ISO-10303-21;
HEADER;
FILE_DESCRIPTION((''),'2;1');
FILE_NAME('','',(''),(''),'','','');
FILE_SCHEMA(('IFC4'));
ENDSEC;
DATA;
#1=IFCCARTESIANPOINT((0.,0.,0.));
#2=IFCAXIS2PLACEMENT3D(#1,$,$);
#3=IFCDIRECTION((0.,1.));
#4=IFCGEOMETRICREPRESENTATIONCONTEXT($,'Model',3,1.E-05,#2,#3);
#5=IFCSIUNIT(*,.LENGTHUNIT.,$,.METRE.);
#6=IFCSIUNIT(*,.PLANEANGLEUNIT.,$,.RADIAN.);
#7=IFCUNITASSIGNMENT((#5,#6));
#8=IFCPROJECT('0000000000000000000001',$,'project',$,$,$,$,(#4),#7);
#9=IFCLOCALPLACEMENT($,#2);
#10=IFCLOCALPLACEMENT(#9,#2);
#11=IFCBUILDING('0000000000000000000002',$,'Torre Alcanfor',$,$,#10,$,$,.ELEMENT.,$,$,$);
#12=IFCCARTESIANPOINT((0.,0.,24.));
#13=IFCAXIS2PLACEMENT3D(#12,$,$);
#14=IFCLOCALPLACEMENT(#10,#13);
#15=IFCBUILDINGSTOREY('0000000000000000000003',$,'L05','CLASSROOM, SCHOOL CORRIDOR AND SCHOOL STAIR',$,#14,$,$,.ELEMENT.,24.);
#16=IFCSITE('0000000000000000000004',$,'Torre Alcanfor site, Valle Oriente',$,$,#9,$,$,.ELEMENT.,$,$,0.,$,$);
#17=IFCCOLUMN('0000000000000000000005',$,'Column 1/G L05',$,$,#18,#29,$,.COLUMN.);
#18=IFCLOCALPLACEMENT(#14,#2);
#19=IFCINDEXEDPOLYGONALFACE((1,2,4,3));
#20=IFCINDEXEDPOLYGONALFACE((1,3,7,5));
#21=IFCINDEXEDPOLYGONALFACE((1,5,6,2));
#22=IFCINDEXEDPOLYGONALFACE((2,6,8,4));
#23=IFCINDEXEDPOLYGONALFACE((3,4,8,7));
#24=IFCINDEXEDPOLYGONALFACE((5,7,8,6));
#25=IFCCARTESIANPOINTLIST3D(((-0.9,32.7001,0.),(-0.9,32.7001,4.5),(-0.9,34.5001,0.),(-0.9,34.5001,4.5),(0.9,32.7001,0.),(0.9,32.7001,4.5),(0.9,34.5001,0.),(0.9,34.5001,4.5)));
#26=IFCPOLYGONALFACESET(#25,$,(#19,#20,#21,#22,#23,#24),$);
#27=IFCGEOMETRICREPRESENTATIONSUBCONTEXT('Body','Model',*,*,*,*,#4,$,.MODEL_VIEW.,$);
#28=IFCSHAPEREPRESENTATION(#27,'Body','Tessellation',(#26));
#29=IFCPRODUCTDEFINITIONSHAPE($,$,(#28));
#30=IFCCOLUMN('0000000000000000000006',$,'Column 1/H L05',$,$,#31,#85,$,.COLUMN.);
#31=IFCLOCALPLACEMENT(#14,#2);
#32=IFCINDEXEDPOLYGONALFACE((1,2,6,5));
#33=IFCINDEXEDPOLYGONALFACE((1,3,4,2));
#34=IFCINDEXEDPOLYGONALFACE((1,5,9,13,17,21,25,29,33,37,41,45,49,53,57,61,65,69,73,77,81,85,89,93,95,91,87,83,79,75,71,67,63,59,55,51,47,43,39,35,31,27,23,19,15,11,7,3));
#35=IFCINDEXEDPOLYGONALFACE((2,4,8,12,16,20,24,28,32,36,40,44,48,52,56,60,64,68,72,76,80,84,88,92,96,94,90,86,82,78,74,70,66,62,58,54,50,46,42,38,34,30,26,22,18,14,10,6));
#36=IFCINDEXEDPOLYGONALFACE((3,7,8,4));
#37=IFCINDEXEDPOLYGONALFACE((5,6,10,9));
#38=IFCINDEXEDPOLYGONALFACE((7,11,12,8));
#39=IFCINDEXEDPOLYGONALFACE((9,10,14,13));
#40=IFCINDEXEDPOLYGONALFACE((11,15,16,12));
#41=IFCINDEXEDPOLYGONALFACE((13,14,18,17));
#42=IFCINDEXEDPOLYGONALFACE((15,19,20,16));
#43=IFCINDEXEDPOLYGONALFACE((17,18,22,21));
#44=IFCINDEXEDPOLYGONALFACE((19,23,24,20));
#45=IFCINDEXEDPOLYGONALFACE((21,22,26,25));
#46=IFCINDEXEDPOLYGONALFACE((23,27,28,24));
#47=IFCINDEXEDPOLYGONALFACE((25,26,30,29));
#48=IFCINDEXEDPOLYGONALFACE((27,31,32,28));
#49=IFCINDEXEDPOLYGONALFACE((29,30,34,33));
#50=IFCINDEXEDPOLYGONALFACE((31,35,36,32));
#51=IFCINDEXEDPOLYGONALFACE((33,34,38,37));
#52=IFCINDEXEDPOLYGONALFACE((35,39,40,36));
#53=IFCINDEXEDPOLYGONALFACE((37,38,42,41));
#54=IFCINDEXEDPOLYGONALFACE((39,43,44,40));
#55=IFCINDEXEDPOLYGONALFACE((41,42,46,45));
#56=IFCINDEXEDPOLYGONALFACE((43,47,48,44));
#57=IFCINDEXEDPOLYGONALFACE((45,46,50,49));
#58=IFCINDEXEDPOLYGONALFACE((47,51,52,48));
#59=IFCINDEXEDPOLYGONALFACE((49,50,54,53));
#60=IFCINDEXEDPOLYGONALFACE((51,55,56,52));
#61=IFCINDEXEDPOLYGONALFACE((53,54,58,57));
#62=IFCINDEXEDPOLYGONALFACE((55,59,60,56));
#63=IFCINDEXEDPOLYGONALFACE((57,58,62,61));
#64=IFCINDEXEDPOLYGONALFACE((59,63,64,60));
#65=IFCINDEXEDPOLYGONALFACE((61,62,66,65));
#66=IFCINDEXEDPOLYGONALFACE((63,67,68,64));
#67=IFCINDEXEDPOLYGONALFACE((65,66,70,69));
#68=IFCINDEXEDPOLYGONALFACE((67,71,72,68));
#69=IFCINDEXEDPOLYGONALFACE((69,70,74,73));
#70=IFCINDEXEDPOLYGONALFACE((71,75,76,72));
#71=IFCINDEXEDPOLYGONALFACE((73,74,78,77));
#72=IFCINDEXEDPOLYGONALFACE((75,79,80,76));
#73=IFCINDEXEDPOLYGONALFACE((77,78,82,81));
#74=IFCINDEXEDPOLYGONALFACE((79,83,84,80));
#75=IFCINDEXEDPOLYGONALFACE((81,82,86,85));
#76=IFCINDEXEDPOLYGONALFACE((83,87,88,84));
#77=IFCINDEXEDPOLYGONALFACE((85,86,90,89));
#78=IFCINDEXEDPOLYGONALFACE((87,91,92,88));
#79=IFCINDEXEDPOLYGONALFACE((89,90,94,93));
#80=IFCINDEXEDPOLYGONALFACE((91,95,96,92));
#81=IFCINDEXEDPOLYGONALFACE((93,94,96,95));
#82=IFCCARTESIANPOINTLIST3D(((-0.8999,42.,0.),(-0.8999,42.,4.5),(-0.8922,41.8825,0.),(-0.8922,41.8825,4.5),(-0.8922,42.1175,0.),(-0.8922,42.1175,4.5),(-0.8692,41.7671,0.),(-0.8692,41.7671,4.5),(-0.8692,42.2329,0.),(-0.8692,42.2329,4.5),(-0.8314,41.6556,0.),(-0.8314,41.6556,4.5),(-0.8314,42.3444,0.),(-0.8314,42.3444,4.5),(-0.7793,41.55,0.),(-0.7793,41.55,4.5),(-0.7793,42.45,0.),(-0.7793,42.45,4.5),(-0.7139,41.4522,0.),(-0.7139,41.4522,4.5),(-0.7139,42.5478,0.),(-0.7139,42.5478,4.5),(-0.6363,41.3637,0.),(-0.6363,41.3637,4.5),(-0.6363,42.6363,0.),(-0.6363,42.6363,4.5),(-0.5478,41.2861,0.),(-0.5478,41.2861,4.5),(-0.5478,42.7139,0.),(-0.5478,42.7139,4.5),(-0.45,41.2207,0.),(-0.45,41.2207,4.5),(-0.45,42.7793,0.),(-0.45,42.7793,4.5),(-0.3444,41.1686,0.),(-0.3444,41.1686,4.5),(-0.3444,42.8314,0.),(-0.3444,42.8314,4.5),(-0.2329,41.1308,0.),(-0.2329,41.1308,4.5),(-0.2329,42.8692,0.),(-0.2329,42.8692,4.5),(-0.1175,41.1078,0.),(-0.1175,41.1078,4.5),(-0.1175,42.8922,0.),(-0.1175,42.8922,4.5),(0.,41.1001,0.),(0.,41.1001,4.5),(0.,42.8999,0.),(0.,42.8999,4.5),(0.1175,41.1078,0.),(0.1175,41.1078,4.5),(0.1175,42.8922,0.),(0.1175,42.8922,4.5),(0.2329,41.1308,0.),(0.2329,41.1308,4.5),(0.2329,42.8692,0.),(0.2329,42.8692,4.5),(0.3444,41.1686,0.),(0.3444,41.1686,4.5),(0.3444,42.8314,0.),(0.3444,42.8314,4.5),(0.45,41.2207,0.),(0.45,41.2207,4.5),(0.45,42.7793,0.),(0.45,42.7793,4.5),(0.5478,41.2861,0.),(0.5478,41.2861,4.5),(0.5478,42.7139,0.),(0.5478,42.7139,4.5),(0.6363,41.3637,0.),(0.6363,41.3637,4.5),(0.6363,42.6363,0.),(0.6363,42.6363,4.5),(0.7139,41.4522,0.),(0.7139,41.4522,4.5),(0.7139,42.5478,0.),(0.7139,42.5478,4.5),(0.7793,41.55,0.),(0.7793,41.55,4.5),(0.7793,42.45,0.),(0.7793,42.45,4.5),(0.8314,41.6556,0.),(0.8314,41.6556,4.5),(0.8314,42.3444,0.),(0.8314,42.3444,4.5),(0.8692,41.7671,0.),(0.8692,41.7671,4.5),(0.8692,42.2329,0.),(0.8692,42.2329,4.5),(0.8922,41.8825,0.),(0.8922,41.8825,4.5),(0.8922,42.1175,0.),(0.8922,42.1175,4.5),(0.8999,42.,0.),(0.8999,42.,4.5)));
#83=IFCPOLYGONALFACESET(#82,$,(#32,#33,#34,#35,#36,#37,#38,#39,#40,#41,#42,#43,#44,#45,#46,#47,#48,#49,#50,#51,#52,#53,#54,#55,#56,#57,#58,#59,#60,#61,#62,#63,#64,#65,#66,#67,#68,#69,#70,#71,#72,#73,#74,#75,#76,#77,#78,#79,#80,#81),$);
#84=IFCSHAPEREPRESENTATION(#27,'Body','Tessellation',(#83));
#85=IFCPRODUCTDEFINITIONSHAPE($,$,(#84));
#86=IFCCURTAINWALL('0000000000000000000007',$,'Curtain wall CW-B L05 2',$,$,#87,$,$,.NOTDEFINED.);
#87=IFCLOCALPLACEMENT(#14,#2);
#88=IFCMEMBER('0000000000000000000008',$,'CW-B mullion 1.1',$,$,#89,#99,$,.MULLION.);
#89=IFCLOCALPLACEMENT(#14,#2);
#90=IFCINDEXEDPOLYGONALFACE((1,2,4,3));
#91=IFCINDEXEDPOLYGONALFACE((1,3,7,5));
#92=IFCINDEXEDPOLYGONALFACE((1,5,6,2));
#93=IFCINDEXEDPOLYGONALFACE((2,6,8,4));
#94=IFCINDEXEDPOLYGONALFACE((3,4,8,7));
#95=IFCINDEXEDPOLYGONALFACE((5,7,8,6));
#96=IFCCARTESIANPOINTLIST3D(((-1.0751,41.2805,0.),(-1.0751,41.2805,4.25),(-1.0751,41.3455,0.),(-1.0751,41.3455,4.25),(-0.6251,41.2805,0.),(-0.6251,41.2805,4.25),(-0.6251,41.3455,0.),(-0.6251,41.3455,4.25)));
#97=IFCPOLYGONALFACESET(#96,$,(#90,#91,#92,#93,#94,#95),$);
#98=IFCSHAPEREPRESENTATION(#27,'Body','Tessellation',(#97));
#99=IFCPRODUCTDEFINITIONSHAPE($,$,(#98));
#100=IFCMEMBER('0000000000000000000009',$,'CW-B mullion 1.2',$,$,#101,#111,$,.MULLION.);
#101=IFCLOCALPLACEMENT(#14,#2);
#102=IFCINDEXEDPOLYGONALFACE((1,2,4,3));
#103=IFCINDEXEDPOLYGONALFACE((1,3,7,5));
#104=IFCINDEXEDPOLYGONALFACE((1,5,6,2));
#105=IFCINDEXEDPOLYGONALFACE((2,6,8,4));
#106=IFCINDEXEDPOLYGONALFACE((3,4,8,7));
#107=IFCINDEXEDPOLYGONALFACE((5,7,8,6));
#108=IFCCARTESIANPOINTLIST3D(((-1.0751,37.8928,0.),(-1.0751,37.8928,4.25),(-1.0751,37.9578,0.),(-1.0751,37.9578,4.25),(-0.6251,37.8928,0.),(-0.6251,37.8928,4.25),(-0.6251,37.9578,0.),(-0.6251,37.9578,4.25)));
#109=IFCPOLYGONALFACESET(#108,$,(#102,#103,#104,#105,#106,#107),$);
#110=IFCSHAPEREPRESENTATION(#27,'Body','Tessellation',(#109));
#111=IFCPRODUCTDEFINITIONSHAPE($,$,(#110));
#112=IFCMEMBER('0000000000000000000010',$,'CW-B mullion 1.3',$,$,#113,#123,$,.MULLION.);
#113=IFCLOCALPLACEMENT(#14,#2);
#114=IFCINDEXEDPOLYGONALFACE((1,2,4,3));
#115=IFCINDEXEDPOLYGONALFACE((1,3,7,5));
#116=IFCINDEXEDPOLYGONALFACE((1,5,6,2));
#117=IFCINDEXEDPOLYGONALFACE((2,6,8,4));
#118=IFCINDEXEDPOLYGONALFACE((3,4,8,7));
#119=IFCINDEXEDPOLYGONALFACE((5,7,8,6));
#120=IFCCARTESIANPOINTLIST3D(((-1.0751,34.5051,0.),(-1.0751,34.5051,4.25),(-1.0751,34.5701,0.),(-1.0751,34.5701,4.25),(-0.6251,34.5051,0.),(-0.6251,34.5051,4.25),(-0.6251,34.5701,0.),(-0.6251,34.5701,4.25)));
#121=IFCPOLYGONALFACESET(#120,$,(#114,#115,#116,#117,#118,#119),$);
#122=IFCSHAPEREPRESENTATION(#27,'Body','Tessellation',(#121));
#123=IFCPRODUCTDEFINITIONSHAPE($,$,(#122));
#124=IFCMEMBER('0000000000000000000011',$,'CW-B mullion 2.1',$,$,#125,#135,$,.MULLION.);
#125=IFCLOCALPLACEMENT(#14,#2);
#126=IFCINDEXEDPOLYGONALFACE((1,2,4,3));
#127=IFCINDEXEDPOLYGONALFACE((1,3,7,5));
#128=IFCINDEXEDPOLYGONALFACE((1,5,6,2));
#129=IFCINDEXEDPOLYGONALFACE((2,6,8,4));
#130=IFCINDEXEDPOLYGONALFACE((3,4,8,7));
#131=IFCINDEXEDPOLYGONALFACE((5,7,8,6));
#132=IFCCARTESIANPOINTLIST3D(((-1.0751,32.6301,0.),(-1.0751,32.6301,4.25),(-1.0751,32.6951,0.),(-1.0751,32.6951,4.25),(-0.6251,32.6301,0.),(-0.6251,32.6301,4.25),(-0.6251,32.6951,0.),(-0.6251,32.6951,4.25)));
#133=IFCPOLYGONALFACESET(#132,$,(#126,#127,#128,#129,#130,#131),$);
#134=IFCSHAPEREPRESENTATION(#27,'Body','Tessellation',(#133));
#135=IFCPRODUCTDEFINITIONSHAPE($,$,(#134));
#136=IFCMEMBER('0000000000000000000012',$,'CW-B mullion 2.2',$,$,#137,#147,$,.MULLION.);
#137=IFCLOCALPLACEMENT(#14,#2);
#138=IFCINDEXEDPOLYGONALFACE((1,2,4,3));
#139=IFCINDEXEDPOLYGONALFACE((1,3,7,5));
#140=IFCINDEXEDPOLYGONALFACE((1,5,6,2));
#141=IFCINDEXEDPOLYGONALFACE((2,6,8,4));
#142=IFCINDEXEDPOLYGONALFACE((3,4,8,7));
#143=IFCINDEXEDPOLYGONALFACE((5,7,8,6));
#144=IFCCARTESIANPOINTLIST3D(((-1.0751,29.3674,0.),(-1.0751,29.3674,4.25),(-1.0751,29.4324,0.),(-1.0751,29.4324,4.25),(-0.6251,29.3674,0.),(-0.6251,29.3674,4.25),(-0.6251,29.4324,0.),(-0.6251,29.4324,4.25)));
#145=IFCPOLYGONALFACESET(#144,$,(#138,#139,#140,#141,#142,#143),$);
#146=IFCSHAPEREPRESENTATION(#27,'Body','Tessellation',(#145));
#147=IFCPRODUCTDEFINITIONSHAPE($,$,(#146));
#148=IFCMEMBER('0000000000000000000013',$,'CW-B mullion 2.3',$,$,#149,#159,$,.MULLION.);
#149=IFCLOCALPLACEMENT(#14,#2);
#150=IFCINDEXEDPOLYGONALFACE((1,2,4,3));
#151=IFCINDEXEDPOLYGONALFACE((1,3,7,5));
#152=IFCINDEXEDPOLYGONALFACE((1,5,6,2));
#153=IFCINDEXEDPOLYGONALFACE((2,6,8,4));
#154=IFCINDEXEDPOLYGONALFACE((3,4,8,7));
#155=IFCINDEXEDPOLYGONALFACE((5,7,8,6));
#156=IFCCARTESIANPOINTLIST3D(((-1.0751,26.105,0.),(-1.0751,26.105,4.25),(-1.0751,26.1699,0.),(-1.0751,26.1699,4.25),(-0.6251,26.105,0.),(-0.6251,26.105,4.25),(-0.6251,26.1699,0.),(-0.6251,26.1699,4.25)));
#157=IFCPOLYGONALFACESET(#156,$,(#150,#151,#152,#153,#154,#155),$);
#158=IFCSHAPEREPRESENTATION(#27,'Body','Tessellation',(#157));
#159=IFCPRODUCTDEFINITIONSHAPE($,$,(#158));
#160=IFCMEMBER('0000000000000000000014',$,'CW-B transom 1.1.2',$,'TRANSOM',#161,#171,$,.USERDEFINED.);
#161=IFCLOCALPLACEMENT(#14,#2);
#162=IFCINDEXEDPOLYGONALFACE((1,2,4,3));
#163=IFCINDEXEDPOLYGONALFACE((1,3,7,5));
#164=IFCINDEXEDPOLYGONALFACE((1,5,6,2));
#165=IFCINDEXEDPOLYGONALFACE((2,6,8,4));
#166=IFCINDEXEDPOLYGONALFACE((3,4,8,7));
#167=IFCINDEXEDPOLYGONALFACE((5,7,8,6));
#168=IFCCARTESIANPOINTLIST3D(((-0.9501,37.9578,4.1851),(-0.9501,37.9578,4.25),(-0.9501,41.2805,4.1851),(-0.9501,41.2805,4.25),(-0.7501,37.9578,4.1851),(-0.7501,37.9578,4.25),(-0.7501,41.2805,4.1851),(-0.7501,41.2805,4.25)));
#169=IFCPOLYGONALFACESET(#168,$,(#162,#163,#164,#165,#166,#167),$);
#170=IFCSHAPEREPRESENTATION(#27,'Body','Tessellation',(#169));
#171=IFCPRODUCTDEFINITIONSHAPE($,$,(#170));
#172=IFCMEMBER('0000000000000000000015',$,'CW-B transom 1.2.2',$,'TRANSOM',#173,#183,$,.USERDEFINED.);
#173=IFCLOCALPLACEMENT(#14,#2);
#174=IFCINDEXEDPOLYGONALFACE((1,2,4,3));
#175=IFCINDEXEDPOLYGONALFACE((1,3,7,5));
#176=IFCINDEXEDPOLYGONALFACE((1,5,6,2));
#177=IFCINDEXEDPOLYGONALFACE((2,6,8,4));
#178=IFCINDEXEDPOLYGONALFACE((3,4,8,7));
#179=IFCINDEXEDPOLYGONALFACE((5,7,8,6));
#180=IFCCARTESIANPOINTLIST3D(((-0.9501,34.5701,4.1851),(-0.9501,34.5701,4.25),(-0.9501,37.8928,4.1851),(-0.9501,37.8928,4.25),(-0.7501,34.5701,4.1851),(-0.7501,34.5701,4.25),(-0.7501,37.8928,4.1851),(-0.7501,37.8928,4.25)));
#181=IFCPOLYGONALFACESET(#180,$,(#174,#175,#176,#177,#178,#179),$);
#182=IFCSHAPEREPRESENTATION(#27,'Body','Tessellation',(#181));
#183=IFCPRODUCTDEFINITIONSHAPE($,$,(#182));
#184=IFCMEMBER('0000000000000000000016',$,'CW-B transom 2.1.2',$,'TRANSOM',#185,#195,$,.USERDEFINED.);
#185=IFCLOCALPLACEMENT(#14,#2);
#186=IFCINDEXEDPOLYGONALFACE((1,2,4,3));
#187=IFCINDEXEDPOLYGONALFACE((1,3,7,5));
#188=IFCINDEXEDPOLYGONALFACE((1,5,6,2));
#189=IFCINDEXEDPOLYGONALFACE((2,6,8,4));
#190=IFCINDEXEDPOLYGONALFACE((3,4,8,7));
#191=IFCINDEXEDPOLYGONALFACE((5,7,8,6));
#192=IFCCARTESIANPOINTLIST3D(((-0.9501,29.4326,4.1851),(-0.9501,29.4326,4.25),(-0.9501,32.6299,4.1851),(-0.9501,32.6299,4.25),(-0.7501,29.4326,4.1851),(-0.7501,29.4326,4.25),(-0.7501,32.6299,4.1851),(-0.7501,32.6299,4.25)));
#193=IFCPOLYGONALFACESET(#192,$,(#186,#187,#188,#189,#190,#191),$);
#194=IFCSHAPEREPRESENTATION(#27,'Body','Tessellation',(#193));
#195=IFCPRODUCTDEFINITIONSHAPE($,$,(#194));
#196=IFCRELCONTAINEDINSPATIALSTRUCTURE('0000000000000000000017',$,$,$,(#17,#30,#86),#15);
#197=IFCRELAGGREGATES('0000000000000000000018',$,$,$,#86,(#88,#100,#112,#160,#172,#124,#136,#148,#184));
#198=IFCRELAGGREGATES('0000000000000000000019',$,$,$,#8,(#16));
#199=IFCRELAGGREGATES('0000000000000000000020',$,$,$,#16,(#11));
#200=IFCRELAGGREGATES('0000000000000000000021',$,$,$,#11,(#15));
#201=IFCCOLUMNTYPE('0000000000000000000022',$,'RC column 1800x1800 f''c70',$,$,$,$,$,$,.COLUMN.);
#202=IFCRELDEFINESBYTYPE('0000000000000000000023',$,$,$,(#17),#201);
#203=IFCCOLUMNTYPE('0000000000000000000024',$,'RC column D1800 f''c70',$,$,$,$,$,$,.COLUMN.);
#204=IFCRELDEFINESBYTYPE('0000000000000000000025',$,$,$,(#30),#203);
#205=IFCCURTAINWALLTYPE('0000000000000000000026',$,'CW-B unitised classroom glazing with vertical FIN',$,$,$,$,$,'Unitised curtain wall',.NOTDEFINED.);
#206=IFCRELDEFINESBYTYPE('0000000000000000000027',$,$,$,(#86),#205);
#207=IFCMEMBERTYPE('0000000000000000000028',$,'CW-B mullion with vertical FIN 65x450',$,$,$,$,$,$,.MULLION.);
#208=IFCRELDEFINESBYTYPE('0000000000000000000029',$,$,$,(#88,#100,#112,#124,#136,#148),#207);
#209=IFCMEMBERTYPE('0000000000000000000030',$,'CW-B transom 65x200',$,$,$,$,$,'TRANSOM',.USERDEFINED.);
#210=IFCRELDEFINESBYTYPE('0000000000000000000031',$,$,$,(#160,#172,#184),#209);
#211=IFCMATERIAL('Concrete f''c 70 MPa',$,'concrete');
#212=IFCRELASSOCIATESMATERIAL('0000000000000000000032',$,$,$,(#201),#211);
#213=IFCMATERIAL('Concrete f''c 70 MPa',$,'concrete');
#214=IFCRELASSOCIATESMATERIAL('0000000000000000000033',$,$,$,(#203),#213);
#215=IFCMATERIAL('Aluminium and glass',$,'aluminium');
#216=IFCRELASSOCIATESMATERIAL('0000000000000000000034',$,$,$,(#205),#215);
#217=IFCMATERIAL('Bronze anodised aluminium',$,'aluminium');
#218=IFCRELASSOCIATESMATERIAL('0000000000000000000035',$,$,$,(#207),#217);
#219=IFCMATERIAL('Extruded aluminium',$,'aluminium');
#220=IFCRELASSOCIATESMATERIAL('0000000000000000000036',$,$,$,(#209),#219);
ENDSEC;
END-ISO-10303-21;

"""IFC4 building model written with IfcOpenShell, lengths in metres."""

from ifc_helpers import new_model, si_unit, direction, frame, origin, origin_2d, place, context, subcontext, project, spatial, rectangle, circle, extrude, material, material_profile, profile_set, type_object, element, aggregate, save


model = new_model("IFC4")

# Units and contexts
model_context = context("Model", 3, precision=1e-05, world=origin(), true_north=direction((0.0, 1.0)))
body_context = subcontext(model_context, "Body", "Model", "MODEL_VIEW")
ifc_project = project(units=[si_unit("LENGTHUNIT", "METRE"), si_unit("PLANEANGLEUNIT", "RADIAN")], contexts=[model_context])

# Site, building, storey
site_placement = place(None, origin())
site = spatial("IfcSite", under=ifc_project, at=site_placement, Name="Torre Alcanfor site, Valle Oriente", CompositionType="ELEMENT", RefElevation=0.0)
building_placement = place(site_placement, origin())
building = spatial("IfcBuilding", under=site, at=building_placement, Name="Torre Alcanfor", CompositionType="ELEMENT")
storey_placement = place(building_placement, frame((0.0, 0.0, 24.0)))
storey = spatial("IfcBuildingStorey", under=building, at=storey_placement, Name="L05", Description="CLASSROOM, SCHOOL CORRIDOR AND SCHOOL STAIR", CompositionType="ELEMENT", Elevation=24.0)

# Columns
ifc_material_1 = material(Name="Concrete f'c 70 MPa", Category="concrete")
ifc_material_profile_1 = material_profile(ifc_material_1, rectangle(XDim=1.8, YDim=1.8, at=origin_2d()), Name="1800x1800")
ifc_profile_set_1 = profile_set([ifc_material_profile_1], Name="Concrete f'c 70 MPa")
column_type_1 = type_object("IfcColumnType", Name="RC column 1800x1800 f'c70", PredefinedType="COLUMN", material=ifc_profile_set_1)
column_1_placement = place(storey_placement, frame((0.0, 33.6001, 0.0), z_axis=(0.0, 0.0, 1.0), x_axis=(1.0, 0.0, 0.0)))
element("IfcColumn", 1, at=column_1_placement, inside=storey, type_object=column_type_1, Name="Column 1/G L05", PredefinedType="COLUMN", context=body_context, shape_type="SweptSolid", body=[
    extrude(rectangle(XDim=1.8, YDim=1.8, at=origin_2d()), origin(), (0.0, 0.0, 1.0), 4.5),
])
ifc_material_2 = material(Name="Concrete f'c 70 MPa", Category="concrete")
ifc_material_profile_2 = material_profile(ifc_material_2, circle(Radius=0.8999, at=origin_2d()), Name="D1800")
ifc_profile_set_2 = profile_set([ifc_material_profile_2], Name="Concrete f'c 70 MPa")
column_type_2 = type_object("IfcColumnType", Name="RC column D1800 f'c70", PredefinedType="COLUMN", material=ifc_profile_set_2)
column_2_placement = place(storey_placement, frame((0.0, 42.0, 0.0), z_axis=(0.0, 0.0, 1.0), x_axis=(1.0, 0.0, 0.0)))
element("IfcColumn", 2, at=column_2_placement, inside=storey, type_object=column_type_2, Name="Column 1/H L05", PredefinedType="COLUMN", context=body_context, shape_type="SweptSolid", body=[
    extrude(circle(Radius=0.8999, at=origin_2d()), origin(), (0.0, 0.0, 1.0), 4.5),
])

# Curtain wall, members
ifc_material_3 = material(Name="Aluminium and glass", Category="aluminium")
curtain_wall_type_1 = type_object("IfcCurtainWallType", Name="CW-B unitised classroom glazing with vertical FIN", ElementType="Unitised curtain wall", PredefinedType="NOTDEFINED", material=ifc_material_3)
curtain_wall_1_placement = place(storey_placement, origin())
curtain_wall_1 = element("IfcCurtainWall", 3, at=curtain_wall_1_placement, inside=storey, type_object=curtain_wall_type_1, Name="Curtain wall CW-B L05 2", PredefinedType="NOTDEFINED")
ifc_material_4 = material(Name="Bronze anodised aluminium", Category="aluminium")
ifc_material_profile_3 = material_profile(ifc_material_4, rectangle(XDim=0.45, YDim=0.0649, at=origin_2d()), Name="CW-B mullion 65x450")
ifc_profile_set_3 = profile_set([ifc_material_profile_3], Name="Bronze anodised aluminium")
member_type_1 = type_object("IfcMemberType", Name="CW-B mullion with vertical FIN 65x450", PredefinedType="MULLION", material=ifc_profile_set_3)
member_1_placement = place(storey_placement, frame((-0.8501, 41.313, 0.0), z_axis=(0.0, 0.0, 1.0), x_axis=(1.0, 0.0, 0.0)))
member_1 = element("IfcMember", 4, at=member_1_placement, type_object=member_type_1, Name="CW-B mullion 1.1", PredefinedType="MULLION", context=body_context, shape_type="SweptSolid", body=[
    extrude(rectangle(XDim=0.45, YDim=0.0649, at=origin_2d()), origin(), (0.0, 0.0, 1.0), 4.25),
])
member_2_placement = place(storey_placement, frame((-0.8501, 37.9253, 0.0), z_axis=(0.0, 0.0, 1.0), x_axis=(1.0, 0.0, 0.0)))
member_2 = element("IfcMember", 5, at=member_2_placement, type_object=member_type_1, Name="CW-B mullion 1.2", PredefinedType="MULLION", context=body_context, shape_type="SweptSolid", body=[
    extrude(rectangle(XDim=0.45, YDim=0.0649, at=origin_2d()), origin(), (0.0, 0.0, 1.0), 4.25),
])
member_3_placement = place(storey_placement, frame((-0.8501, 34.5376, 0.0), z_axis=(0.0, 0.0, 1.0), x_axis=(1.0, 0.0, 0.0)))
member_3 = element("IfcMember", 6, at=member_3_placement, type_object=member_type_1, Name="CW-B mullion 1.3", PredefinedType="MULLION", context=body_context, shape_type="SweptSolid", body=[
    extrude(rectangle(XDim=0.45, YDim=0.0649, at=origin_2d()), origin(), (0.0, 0.0, 1.0), 4.25),
])
member_4_placement = place(storey_placement, frame((-0.8501, 32.6626, 0.0), z_axis=(0.0, 0.0, 1.0), x_axis=(1.0, 0.0, 0.0)))
member_4 = element("IfcMember", 7, at=member_4_placement, type_object=member_type_1, Name="CW-B mullion 2.1", PredefinedType="MULLION", context=body_context, shape_type="SweptSolid", body=[
    extrude(rectangle(XDim=0.45, YDim=0.0649, at=origin_2d()), origin(), (0.0, 0.0, 1.0), 4.25),
])
member_5_placement = place(storey_placement, frame((-0.8501, 29.3999, 0.0), z_axis=(0.0, 0.0, 1.0), x_axis=(1.0, 0.0, 0.0)))
member_5 = element("IfcMember", 8, at=member_5_placement, type_object=member_type_1, Name="CW-B mullion 2.2", PredefinedType="MULLION", context=body_context, shape_type="SweptSolid", body=[
    extrude(rectangle(XDim=0.45, YDim=0.0649, at=origin_2d()), origin(), (0.0, 0.0, 1.0), 4.25),
])
member_6_placement = place(storey_placement, frame((-0.8501, 26.1375, 0.0), z_axis=(0.0, 0.0, 1.0), x_axis=(1.0, 0.0, 0.0)))
member_6 = element("IfcMember", 9, at=member_6_placement, type_object=member_type_1, Name="CW-B mullion 2.3", PredefinedType="MULLION", context=body_context, shape_type="SweptSolid", body=[
    extrude(rectangle(XDim=0.45, YDim=0.0649, at=origin_2d()), origin(), (0.0, 0.0, 1.0), 4.25),
])
ifc_material_5 = material(Name="Extruded aluminium", Category="aluminium")
ifc_material_profile_4 = material_profile(ifc_material_5, rectangle(XDim=0.2, YDim=0.0649, at=origin_2d()), Name="CW-B transom 200x65")
ifc_profile_set_4 = profile_set([ifc_material_profile_4], Name="Extruded aluminium")
member_type_2 = type_object("IfcMemberType", Name="CW-B transom 65x200", ElementType="TRANSOM", PredefinedType="USERDEFINED", material=ifc_profile_set_4)
member_7_placement = place(storey_placement, frame((-0.8501, 41.2805, 4.2175), z_axis=(0.0, -1.0, 0.0), x_axis=(1.0, 0.0, 0.0)))
member_7 = element("IfcMember", 10, at=member_7_placement, type_object=member_type_2, Name="CW-B transom 1.1.2", ObjectType="TRANSOM", PredefinedType="USERDEFINED", context=body_context, shape_type="SweptSolid", body=[
    extrude(rectangle(XDim=0.2, YDim=0.0649, at=origin_2d()), origin(), (0.0, 0.0, 1.0), 3.3228),
])
member_8_placement = place(storey_placement, frame((-0.8501, 37.8928, 4.2175), z_axis=(0.0, -1.0, 0.0), x_axis=(1.0, 0.0, 0.0)))
member_8 = element("IfcMember", 11, at=member_8_placement, type_object=member_type_2, Name="CW-B transom 1.2.2", ObjectType="TRANSOM", PredefinedType="USERDEFINED", context=body_context, shape_type="SweptSolid", body=[
    extrude(rectangle(XDim=0.2, YDim=0.0649, at=origin_2d()), origin(), (0.0, 0.0, 1.0), 3.3228),
])
member_9_placement = place(storey_placement, frame((-0.8501, 32.6299, 4.2175), z_axis=(0.0, -1.0, 0.0), x_axis=(1.0, 0.0, 0.0)))
member_9 = element("IfcMember", 12, at=member_9_placement, type_object=member_type_2, Name="CW-B transom 2.1.2", ObjectType="TRANSOM", PredefinedType="USERDEFINED", context=body_context, shape_type="SweptSolid", body=[
    extrude(rectangle(XDim=0.2, YDim=0.0649, at=origin_2d()), origin(), (0.0, 0.0, 1.0), 3.1973),
])

aggregate(curtain_wall_1, [member_1, member_2, member_3, member_7, member_8, member_4, member_5, member_6, member_9])

save(model, "model.ifc")
